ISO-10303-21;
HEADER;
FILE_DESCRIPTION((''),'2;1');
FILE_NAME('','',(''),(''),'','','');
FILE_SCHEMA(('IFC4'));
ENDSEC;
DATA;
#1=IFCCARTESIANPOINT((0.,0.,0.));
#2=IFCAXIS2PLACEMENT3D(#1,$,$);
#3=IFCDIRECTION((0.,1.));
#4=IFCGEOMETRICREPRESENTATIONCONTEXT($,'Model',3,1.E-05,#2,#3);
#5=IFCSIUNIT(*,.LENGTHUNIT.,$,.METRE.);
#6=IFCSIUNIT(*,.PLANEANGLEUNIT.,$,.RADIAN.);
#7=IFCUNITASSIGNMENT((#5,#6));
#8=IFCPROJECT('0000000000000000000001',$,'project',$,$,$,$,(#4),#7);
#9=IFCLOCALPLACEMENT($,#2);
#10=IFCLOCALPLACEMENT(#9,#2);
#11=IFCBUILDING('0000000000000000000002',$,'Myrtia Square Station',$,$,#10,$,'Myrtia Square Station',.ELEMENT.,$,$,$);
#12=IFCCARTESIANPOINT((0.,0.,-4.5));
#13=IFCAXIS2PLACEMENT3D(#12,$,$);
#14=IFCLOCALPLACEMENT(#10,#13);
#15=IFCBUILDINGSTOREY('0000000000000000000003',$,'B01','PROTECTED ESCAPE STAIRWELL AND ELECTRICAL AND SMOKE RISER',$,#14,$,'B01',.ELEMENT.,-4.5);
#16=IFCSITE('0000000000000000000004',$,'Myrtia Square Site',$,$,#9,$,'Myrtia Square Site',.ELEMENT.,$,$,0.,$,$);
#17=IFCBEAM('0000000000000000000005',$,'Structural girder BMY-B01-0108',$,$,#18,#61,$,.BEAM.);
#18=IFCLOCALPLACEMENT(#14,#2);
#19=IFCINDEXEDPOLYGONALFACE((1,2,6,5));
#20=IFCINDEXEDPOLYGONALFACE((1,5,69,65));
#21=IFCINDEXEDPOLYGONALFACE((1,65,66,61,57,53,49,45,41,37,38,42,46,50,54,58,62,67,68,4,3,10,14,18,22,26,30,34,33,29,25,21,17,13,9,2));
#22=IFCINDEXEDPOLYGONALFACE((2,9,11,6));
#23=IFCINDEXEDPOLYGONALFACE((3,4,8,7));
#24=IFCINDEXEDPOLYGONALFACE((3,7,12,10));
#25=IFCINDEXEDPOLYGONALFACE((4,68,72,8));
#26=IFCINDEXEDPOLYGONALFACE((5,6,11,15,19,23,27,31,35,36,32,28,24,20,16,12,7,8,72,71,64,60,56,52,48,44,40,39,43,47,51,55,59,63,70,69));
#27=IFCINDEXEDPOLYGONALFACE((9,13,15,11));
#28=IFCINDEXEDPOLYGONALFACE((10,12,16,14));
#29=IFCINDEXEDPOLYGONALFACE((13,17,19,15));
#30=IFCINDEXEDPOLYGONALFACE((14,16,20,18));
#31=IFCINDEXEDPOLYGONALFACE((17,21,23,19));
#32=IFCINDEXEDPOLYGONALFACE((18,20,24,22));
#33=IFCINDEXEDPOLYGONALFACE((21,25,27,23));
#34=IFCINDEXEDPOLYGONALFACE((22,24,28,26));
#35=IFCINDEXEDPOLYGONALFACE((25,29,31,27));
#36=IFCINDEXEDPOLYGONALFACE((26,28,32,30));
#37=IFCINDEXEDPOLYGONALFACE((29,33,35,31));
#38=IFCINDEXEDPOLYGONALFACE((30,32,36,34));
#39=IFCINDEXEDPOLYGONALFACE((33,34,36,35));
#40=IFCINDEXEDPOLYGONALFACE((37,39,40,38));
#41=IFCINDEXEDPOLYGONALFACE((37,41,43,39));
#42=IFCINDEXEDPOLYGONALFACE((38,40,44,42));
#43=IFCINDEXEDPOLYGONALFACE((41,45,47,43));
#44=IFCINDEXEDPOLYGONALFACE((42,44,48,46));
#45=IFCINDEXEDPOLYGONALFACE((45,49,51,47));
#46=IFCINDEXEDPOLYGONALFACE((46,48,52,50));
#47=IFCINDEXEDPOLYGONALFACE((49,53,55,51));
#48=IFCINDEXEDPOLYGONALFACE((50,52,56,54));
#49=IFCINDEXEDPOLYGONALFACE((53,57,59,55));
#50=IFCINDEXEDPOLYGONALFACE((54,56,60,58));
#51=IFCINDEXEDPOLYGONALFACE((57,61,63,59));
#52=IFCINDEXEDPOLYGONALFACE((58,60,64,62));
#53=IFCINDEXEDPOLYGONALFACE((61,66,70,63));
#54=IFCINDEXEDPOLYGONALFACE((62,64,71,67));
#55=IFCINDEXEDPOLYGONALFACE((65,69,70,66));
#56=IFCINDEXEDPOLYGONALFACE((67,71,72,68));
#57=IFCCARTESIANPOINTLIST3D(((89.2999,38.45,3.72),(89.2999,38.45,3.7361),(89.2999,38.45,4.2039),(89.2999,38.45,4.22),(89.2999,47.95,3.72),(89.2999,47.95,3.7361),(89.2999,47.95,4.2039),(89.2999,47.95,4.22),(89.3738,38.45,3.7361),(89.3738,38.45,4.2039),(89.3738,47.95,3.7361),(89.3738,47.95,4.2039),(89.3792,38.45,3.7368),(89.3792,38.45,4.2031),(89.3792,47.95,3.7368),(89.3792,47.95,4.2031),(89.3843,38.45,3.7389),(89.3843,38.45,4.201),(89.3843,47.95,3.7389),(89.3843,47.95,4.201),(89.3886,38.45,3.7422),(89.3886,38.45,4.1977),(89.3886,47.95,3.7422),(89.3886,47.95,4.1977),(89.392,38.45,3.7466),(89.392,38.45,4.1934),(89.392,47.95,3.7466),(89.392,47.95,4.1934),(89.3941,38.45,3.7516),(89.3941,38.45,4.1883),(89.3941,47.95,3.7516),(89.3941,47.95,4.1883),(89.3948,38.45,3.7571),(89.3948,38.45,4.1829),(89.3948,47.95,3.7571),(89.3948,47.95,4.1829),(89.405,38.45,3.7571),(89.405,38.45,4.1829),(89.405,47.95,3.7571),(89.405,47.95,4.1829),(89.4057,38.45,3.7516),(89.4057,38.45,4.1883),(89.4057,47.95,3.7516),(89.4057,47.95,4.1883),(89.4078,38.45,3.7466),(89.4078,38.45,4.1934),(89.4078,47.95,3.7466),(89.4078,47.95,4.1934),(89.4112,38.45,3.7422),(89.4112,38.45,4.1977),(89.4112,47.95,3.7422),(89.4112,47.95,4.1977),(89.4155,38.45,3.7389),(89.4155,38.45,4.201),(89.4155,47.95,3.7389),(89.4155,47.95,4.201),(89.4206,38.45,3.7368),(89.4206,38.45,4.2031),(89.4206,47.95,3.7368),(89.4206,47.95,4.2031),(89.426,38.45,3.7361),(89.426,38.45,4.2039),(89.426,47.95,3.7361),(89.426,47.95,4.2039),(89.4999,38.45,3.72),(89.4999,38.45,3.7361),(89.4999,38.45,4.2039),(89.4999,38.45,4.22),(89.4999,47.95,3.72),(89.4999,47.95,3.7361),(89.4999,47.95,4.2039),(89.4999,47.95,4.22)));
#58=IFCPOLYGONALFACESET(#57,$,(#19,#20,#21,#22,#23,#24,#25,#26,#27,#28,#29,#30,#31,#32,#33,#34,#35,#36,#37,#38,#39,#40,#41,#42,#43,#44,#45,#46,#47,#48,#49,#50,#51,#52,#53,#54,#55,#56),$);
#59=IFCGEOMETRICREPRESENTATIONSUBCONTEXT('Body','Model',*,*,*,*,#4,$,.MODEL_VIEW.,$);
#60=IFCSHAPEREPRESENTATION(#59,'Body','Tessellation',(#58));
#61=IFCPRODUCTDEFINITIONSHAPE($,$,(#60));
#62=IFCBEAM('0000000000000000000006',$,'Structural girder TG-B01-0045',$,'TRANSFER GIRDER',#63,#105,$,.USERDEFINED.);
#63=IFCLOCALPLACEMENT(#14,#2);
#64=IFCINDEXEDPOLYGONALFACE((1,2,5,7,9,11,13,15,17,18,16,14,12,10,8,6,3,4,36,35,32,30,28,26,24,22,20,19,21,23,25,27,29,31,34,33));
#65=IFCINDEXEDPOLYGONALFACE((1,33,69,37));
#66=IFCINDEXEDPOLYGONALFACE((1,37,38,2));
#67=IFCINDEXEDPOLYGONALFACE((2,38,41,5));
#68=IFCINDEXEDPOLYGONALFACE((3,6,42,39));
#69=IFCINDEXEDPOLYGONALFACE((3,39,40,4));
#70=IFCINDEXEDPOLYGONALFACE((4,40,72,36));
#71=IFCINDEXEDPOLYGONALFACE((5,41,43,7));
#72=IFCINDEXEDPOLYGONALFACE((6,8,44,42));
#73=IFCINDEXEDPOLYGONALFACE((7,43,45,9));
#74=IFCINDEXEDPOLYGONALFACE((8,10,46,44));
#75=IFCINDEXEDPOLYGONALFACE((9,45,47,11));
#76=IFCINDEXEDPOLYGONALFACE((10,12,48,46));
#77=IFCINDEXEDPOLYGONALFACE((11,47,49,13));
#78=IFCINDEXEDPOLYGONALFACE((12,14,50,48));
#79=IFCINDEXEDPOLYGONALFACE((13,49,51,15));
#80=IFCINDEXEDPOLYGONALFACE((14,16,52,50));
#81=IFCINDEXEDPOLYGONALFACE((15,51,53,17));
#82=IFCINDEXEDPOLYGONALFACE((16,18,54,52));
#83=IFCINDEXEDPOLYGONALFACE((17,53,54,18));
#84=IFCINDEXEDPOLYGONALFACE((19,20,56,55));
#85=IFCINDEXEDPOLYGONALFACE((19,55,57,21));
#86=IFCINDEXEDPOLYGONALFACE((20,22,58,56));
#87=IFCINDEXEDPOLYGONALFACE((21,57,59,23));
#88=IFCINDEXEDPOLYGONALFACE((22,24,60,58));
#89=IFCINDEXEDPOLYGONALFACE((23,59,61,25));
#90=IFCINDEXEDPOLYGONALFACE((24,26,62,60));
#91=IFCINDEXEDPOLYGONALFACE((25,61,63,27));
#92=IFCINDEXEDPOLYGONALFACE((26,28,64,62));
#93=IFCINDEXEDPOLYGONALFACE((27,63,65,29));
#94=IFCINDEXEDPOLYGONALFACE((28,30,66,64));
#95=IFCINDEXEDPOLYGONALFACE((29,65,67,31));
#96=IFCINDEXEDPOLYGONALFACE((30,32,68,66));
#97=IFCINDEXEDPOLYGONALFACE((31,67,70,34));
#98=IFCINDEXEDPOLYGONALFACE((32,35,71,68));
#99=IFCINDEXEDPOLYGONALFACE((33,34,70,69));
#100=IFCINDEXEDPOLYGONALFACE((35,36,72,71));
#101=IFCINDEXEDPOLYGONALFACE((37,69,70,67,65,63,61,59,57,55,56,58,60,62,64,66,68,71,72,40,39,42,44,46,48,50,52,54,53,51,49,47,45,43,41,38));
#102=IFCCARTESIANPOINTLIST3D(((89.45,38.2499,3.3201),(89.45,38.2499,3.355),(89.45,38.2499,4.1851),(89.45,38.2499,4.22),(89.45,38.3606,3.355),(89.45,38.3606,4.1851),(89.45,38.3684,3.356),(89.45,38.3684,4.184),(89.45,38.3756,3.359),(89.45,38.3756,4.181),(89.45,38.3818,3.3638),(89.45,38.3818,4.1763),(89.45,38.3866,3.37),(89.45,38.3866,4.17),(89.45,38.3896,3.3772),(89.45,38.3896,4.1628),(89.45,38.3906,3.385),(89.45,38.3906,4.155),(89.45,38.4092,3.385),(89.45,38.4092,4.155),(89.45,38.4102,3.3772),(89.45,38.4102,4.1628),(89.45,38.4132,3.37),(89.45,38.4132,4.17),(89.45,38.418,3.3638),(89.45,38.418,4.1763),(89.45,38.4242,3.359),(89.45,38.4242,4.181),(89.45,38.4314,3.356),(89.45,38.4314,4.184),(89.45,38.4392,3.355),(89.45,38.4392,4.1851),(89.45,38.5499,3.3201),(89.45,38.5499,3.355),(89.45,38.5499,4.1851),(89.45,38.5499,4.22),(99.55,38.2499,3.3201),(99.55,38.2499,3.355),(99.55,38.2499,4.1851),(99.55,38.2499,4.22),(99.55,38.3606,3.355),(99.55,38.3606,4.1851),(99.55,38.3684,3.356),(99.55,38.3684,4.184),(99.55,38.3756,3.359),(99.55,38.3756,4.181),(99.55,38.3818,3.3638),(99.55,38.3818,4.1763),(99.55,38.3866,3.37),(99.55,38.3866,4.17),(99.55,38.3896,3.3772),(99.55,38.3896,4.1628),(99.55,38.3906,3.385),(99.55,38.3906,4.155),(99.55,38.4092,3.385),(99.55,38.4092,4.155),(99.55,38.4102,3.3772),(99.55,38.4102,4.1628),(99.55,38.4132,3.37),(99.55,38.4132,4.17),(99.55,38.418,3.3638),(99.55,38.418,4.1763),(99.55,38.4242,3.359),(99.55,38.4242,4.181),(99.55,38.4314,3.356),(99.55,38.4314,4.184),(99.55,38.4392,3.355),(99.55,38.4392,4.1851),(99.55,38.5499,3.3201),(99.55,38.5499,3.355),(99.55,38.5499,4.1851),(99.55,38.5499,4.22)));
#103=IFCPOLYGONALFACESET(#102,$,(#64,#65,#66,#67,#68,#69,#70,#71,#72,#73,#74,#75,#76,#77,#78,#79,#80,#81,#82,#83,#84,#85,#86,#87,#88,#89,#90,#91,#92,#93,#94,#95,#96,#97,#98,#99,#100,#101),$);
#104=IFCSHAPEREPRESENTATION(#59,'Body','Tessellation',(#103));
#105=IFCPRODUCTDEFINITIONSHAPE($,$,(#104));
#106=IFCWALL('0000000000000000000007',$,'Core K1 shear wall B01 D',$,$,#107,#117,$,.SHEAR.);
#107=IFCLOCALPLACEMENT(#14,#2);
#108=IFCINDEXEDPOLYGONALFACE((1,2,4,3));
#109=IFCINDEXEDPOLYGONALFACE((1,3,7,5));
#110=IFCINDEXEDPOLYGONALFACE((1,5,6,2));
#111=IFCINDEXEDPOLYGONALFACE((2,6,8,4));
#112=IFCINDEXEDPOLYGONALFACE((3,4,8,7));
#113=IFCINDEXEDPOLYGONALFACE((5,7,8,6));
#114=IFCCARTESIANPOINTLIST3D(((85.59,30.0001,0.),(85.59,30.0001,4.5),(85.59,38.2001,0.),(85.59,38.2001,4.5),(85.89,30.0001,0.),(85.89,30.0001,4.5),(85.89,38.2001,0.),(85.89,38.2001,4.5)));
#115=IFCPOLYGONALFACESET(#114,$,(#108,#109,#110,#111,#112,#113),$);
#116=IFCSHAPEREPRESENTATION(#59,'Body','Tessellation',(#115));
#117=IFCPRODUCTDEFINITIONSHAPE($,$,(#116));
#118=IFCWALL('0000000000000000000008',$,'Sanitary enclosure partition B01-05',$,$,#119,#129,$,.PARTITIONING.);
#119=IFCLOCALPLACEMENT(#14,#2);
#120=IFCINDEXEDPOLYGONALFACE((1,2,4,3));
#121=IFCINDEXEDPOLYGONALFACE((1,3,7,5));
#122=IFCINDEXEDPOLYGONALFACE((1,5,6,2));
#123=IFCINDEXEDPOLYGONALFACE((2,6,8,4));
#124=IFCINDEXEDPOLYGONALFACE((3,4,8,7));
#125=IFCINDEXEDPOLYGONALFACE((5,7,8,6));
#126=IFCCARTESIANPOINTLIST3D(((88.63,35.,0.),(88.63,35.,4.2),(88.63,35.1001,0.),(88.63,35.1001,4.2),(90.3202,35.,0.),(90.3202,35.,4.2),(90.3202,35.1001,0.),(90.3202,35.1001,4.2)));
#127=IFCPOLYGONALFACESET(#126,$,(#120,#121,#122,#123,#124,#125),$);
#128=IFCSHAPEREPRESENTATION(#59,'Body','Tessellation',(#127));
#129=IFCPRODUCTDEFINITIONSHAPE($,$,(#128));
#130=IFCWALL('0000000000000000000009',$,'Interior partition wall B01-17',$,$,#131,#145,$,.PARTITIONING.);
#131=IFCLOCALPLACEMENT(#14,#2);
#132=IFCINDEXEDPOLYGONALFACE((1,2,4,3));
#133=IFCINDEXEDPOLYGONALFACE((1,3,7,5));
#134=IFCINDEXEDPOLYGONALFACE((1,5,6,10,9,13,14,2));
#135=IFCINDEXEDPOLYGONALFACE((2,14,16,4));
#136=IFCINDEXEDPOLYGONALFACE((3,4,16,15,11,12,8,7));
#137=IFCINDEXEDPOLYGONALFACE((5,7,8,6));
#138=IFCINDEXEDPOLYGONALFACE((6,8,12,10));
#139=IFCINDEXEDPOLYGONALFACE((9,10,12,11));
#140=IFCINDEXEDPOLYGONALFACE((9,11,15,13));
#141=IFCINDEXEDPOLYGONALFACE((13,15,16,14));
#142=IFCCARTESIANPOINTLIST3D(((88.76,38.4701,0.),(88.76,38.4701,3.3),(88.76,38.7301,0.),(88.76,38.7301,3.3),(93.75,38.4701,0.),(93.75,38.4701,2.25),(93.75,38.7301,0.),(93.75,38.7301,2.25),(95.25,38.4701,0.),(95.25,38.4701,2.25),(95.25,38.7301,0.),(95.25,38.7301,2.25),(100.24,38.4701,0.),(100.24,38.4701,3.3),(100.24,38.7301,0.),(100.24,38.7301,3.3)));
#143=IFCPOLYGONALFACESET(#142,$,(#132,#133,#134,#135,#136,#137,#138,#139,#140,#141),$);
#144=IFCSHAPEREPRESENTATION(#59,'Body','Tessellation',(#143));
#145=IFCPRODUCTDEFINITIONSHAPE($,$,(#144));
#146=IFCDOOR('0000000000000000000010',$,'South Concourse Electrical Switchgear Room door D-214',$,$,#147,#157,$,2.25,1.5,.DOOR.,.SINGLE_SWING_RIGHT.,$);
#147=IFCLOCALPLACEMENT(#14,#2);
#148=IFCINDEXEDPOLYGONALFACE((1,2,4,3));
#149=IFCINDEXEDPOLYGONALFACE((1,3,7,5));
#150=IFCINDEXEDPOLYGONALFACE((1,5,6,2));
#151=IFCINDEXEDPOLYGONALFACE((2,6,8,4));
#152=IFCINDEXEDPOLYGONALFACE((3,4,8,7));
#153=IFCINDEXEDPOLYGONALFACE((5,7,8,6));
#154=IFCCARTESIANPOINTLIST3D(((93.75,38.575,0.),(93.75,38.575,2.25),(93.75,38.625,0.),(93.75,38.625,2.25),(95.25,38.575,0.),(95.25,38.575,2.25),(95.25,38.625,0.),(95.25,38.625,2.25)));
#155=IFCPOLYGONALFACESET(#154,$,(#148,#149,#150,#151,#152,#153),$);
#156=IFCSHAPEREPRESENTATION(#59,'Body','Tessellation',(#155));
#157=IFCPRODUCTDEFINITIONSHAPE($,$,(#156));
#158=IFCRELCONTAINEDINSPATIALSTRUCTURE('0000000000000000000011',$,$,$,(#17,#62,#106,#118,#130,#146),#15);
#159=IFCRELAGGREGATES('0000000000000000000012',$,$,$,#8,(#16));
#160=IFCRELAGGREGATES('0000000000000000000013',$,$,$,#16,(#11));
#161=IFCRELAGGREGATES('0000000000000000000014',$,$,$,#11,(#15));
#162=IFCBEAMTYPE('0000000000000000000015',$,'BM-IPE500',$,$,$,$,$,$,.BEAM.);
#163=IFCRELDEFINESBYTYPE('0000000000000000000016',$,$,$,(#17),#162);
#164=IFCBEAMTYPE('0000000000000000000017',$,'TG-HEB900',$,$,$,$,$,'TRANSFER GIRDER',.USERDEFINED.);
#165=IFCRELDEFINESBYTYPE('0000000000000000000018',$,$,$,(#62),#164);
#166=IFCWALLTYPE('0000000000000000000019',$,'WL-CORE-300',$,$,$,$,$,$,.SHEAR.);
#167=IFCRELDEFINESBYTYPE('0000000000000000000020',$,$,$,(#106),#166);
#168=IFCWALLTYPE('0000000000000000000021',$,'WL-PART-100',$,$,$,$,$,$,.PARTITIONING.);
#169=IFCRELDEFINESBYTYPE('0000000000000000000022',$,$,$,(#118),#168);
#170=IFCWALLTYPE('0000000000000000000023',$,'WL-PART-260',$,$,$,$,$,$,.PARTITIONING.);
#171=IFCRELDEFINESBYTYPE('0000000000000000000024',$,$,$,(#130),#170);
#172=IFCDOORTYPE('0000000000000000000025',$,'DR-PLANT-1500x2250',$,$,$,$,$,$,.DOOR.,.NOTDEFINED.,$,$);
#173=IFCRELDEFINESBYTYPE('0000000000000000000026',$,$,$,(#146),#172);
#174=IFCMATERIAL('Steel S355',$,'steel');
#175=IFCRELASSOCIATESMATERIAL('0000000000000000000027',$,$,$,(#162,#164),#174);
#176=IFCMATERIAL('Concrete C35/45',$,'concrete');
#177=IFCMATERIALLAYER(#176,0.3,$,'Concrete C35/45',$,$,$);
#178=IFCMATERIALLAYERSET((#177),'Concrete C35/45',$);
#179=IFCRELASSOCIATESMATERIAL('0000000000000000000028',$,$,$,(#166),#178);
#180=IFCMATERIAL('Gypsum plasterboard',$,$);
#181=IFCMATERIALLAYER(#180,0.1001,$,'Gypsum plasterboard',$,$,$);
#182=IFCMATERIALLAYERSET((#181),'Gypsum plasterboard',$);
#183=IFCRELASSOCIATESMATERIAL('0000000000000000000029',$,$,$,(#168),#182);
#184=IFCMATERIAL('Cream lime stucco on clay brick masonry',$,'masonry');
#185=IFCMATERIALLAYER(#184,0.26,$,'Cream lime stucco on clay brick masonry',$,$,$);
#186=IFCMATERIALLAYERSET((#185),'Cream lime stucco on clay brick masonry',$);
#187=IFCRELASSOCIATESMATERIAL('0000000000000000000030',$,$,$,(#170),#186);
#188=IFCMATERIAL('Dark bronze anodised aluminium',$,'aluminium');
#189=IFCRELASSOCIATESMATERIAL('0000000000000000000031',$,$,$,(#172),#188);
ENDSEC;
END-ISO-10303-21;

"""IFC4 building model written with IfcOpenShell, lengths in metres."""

from ifc_helpers import new_model, si_unit, direction, frame, frame_2d, origin, origin_2d, place, context, subcontext, project, spatial, rectangle, i_section, extrude, material, layer, layer_set, material_profile, profile_set, type_object, element, fill, save


model = new_model("IFC4")

# Units and contexts
model_context = context("Model", 3, precision=1e-05, world=origin(), true_north=direction((0.0, 1.0)))
body_context = subcontext(model_context, "Body", "Model", "MODEL_VIEW")
ifc_project = project(units=[si_unit("LENGTHUNIT", "METRE"), si_unit("PLANEANGLEUNIT", "RADIAN")], contexts=[model_context])

# Site, building, storey
site_placement = place(None, origin())
site = spatial("IfcSite", under=ifc_project, at=site_placement, Name="Myrtia Square Site", LongName="Myrtia Square Site", CompositionType="ELEMENT", RefElevation=0.0)
building_placement = place(site_placement, origin())
building = spatial("IfcBuilding", under=site, at=building_placement, Name="Myrtia Square Station", LongName="Myrtia Square Station", CompositionType="ELEMENT")
storey_placement = place(building_placement, frame((0.0, 0.0, -4.5)))
storey = spatial("IfcBuildingStorey", under=building, at=storey_placement, Name="B01", Description="PROTECTED ESCAPE STAIRWELL AND ELECTRICAL AND SMOKE RISER", LongName="B01", CompositionType="ELEMENT", Elevation=-4.5)

# Shared definitions
ifc_material_1 = material(Name="Concrete C35/45", Category="concrete")

# Beams
ifc_material_2 = material(Name="Steel S355", Category="steel")
ifc_material_profile_1 = material_profile(ifc_material_2, i_section(OverallWidth=0.2, OverallDepth=0.5, WebThickness=0.0103, FlangeThickness=0.0161, FilletRadius=0.021, at=origin_2d()), Name="IPE 500")
ifc_profile_set_1 = profile_set([ifc_material_profile_1], Name="Steel S355")
beam_type_1 = type_object("IfcBeamType", Name="BM-IPE500", PredefinedType="BEAM", material=ifc_profile_set_1)
beam_1_placement = place(storey_placement, frame((89.3999, 38.45, 3.97), z_axis=(0.0, 1.0, 0.0), x_axis=(-1.0, 0.0, 0.0)))
element("IfcBeam", 1, at=beam_1_placement, inside=storey, type_object=beam_type_1, Name="Structural girder BMY-B01-0108", PredefinedType="BEAM", context=body_context, shape_type="SweptSolid", body=[
    extrude(i_section(OverallWidth=0.2, OverallDepth=0.5, WebThickness=0.0103, FlangeThickness=0.0161, FilletRadius=0.021, at=origin_2d()), origin(), (0.0, 0.0, 1.0), 9.5),
])
ifc_material_profile_2 = material_profile(ifc_material_2, i_section(OverallWidth=0.3, OverallDepth=0.8999, WebThickness=0.0186, FlangeThickness=0.0349, FilletRadius=0.03, at=origin_2d()), Name="HEB 900")
ifc_profile_set_2 = profile_set([ifc_material_profile_2], Name="Steel S355")
beam_type_2 = type_object("IfcBeamType", Name="TG-HEB900", ElementType="TRANSFER GIRDER", PredefinedType="USERDEFINED", material=ifc_profile_set_2)
beam_2_placement = place(storey_placement, frame((89.45, 38.3999, 3.77), z_axis=(1.0, 0.0, 0.0), x_axis=(0.0, 1.0, 0.0)))
element("IfcBeam", 2, at=beam_2_placement, inside=storey, type_object=beam_type_2, Name="Structural girder TG-B01-0045", ObjectType="TRANSFER GIRDER", PredefinedType="USERDEFINED", context=body_context, shape_type="SweptSolid", body=[
    extrude(i_section(OverallWidth=0.3, OverallDepth=0.8999, WebThickness=0.0186, FlangeThickness=0.0349, FilletRadius=0.03, at=origin_2d()), origin(), (0.0, 0.0, 1.0), 10.1001),
])

# Walls
ifc_layer_1 = layer(ifc_material_1, 0.3, Name="Concrete C35/45")
ifc_layer_set_1 = layer_set([ifc_layer_1], Name="Concrete C35/45")
wall_type_1 = type_object("IfcWallType", Name="WL-CORE-300", PredefinedType="SHEAR", material=ifc_layer_set_1)
wall_1_placement = place(storey_placement, frame((85.74, 30.0, 0.0), z_axis=(0.0, 0.0, 1.0), x_axis=(0.0, 1.0, 0.0)))
element("IfcWall", 3, at=wall_1_placement, inside=storey, type_object=wall_type_1, Name="Core K1 shear wall B01 D", PredefinedType="SHEAR", context=body_context, shape_type="SweptSolid", body=[
    extrude(rectangle(XDim=8.2, YDim=0.3, at=frame_2d((4.1001, 0.0))), origin(), (0.0, 0.0, 1.0), 4.5),
])
ifc_material_3 = material(Name="Gypsum plasterboard")
ifc_layer_2 = layer(ifc_material_3, 0.1001, Name="Gypsum plasterboard")
ifc_layer_set_2 = layer_set([ifc_layer_2], Name="Gypsum plasterboard")
wall_type_2 = type_object("IfcWallType", Name="WL-PART-100", PredefinedType="PARTITIONING", material=ifc_layer_set_2)
wall_2_placement = place(storey_placement, frame((88.6299, 35.05, 0.0), z_axis=(0.0, 0.0, 1.0), x_axis=(1.0, 0.0, 0.0)))
element("IfcWall", 4, at=wall_2_placement, inside=storey, type_object=wall_type_2, Name="Sanitary enclosure partition B01-05", PredefinedType="PARTITIONING", context=body_context, shape_type="SweptSolid", body=[
    extrude(rectangle(XDim=1.6902, YDim=0.1001, at=frame_2d((0.8452, 0.0))), origin(), (0.0, 0.0, 1.0), 4.2),
])

# Wall, opening, door
ifc_material_4 = material(Name="Cream lime stucco on clay brick masonry", Category="masonry")
ifc_layer_3 = layer(ifc_material_4, 0.26, Name="Cream lime stucco on clay brick masonry")
ifc_layer_set_3 = layer_set([ifc_layer_3], Name="Cream lime stucco on clay brick masonry")
wall_type_3 = type_object("IfcWallType", Name="WL-PART-260", PredefinedType="PARTITIONING", material=ifc_layer_set_3)
wall_3_placement = place(storey_placement, frame((88.76, 38.6001, 0.0), z_axis=(0.0, 0.0, 1.0), x_axis=(1.0, 0.0, 0.0)))
wall_3 = element("IfcWall", 5, at=wall_3_placement, inside=storey, type_object=wall_type_3, Name="Interior partition wall B01-17", PredefinedType="PARTITIONING", context=body_context, shape_type="SweptSolid", body=[
    extrude(rectangle(XDim=11.48, YDim=0.26, at=frame_2d((5.74, 0.0))), origin(), (0.0, 0.0, 1.0), 3.3),
])
opening_placement = place(wall_3_placement, frame((4.99, 0.0, 0.0)))
opening = element("IfcOpeningElement", 6, at=opening_placement, cuts=wall_3, PredefinedType="OPENING", context=body_context, shape_type="SweptSolid", body=[
    extrude(rectangle(XDim=1.5, YDim=2.25, at=frame_2d((0.75, 1.125))), frame((0.0, 0.145, 0.0), z_axis=(0.0, -1.0, 0.0), x_axis=(1.0, 0.0, 0.0)), (0.0, 0.0, 1.0), 0.29),
])
ifc_material_5 = material(Name="Dark bronze anodised aluminium", Category="aluminium")
door_type = type_object("IfcDoorType", Name="DR-PLANT-1500x2250", OperationType="NOTDEFINED", PredefinedType="DOOR", material=ifc_material_5)
door_placement = place(opening_placement, origin())
door = element("IfcDoor", 7, at=door_placement, inside=storey, type_object=door_type, Name="South Concourse Electrical Switchgear Room door D-214", OperationType="SINGLE_SWING_RIGHT", OverallHeight=2.25, OverallWidth=1.5, PredefinedType="DOOR", context=body_context, shape_type="SweptSolid", body=[
    extrude(rectangle(XDim=1.5, YDim=2.25, at=frame_2d((0.75, 1.125))), frame((0.0, 0.0249, 0.0), z_axis=(0.0, -1.0, 0.0), x_axis=(1.0, 0.0, 0.0)), (0.0, 0.0, 1.0), 0.05),
])
fill(opening, door)

save(model, "model.ifc")
